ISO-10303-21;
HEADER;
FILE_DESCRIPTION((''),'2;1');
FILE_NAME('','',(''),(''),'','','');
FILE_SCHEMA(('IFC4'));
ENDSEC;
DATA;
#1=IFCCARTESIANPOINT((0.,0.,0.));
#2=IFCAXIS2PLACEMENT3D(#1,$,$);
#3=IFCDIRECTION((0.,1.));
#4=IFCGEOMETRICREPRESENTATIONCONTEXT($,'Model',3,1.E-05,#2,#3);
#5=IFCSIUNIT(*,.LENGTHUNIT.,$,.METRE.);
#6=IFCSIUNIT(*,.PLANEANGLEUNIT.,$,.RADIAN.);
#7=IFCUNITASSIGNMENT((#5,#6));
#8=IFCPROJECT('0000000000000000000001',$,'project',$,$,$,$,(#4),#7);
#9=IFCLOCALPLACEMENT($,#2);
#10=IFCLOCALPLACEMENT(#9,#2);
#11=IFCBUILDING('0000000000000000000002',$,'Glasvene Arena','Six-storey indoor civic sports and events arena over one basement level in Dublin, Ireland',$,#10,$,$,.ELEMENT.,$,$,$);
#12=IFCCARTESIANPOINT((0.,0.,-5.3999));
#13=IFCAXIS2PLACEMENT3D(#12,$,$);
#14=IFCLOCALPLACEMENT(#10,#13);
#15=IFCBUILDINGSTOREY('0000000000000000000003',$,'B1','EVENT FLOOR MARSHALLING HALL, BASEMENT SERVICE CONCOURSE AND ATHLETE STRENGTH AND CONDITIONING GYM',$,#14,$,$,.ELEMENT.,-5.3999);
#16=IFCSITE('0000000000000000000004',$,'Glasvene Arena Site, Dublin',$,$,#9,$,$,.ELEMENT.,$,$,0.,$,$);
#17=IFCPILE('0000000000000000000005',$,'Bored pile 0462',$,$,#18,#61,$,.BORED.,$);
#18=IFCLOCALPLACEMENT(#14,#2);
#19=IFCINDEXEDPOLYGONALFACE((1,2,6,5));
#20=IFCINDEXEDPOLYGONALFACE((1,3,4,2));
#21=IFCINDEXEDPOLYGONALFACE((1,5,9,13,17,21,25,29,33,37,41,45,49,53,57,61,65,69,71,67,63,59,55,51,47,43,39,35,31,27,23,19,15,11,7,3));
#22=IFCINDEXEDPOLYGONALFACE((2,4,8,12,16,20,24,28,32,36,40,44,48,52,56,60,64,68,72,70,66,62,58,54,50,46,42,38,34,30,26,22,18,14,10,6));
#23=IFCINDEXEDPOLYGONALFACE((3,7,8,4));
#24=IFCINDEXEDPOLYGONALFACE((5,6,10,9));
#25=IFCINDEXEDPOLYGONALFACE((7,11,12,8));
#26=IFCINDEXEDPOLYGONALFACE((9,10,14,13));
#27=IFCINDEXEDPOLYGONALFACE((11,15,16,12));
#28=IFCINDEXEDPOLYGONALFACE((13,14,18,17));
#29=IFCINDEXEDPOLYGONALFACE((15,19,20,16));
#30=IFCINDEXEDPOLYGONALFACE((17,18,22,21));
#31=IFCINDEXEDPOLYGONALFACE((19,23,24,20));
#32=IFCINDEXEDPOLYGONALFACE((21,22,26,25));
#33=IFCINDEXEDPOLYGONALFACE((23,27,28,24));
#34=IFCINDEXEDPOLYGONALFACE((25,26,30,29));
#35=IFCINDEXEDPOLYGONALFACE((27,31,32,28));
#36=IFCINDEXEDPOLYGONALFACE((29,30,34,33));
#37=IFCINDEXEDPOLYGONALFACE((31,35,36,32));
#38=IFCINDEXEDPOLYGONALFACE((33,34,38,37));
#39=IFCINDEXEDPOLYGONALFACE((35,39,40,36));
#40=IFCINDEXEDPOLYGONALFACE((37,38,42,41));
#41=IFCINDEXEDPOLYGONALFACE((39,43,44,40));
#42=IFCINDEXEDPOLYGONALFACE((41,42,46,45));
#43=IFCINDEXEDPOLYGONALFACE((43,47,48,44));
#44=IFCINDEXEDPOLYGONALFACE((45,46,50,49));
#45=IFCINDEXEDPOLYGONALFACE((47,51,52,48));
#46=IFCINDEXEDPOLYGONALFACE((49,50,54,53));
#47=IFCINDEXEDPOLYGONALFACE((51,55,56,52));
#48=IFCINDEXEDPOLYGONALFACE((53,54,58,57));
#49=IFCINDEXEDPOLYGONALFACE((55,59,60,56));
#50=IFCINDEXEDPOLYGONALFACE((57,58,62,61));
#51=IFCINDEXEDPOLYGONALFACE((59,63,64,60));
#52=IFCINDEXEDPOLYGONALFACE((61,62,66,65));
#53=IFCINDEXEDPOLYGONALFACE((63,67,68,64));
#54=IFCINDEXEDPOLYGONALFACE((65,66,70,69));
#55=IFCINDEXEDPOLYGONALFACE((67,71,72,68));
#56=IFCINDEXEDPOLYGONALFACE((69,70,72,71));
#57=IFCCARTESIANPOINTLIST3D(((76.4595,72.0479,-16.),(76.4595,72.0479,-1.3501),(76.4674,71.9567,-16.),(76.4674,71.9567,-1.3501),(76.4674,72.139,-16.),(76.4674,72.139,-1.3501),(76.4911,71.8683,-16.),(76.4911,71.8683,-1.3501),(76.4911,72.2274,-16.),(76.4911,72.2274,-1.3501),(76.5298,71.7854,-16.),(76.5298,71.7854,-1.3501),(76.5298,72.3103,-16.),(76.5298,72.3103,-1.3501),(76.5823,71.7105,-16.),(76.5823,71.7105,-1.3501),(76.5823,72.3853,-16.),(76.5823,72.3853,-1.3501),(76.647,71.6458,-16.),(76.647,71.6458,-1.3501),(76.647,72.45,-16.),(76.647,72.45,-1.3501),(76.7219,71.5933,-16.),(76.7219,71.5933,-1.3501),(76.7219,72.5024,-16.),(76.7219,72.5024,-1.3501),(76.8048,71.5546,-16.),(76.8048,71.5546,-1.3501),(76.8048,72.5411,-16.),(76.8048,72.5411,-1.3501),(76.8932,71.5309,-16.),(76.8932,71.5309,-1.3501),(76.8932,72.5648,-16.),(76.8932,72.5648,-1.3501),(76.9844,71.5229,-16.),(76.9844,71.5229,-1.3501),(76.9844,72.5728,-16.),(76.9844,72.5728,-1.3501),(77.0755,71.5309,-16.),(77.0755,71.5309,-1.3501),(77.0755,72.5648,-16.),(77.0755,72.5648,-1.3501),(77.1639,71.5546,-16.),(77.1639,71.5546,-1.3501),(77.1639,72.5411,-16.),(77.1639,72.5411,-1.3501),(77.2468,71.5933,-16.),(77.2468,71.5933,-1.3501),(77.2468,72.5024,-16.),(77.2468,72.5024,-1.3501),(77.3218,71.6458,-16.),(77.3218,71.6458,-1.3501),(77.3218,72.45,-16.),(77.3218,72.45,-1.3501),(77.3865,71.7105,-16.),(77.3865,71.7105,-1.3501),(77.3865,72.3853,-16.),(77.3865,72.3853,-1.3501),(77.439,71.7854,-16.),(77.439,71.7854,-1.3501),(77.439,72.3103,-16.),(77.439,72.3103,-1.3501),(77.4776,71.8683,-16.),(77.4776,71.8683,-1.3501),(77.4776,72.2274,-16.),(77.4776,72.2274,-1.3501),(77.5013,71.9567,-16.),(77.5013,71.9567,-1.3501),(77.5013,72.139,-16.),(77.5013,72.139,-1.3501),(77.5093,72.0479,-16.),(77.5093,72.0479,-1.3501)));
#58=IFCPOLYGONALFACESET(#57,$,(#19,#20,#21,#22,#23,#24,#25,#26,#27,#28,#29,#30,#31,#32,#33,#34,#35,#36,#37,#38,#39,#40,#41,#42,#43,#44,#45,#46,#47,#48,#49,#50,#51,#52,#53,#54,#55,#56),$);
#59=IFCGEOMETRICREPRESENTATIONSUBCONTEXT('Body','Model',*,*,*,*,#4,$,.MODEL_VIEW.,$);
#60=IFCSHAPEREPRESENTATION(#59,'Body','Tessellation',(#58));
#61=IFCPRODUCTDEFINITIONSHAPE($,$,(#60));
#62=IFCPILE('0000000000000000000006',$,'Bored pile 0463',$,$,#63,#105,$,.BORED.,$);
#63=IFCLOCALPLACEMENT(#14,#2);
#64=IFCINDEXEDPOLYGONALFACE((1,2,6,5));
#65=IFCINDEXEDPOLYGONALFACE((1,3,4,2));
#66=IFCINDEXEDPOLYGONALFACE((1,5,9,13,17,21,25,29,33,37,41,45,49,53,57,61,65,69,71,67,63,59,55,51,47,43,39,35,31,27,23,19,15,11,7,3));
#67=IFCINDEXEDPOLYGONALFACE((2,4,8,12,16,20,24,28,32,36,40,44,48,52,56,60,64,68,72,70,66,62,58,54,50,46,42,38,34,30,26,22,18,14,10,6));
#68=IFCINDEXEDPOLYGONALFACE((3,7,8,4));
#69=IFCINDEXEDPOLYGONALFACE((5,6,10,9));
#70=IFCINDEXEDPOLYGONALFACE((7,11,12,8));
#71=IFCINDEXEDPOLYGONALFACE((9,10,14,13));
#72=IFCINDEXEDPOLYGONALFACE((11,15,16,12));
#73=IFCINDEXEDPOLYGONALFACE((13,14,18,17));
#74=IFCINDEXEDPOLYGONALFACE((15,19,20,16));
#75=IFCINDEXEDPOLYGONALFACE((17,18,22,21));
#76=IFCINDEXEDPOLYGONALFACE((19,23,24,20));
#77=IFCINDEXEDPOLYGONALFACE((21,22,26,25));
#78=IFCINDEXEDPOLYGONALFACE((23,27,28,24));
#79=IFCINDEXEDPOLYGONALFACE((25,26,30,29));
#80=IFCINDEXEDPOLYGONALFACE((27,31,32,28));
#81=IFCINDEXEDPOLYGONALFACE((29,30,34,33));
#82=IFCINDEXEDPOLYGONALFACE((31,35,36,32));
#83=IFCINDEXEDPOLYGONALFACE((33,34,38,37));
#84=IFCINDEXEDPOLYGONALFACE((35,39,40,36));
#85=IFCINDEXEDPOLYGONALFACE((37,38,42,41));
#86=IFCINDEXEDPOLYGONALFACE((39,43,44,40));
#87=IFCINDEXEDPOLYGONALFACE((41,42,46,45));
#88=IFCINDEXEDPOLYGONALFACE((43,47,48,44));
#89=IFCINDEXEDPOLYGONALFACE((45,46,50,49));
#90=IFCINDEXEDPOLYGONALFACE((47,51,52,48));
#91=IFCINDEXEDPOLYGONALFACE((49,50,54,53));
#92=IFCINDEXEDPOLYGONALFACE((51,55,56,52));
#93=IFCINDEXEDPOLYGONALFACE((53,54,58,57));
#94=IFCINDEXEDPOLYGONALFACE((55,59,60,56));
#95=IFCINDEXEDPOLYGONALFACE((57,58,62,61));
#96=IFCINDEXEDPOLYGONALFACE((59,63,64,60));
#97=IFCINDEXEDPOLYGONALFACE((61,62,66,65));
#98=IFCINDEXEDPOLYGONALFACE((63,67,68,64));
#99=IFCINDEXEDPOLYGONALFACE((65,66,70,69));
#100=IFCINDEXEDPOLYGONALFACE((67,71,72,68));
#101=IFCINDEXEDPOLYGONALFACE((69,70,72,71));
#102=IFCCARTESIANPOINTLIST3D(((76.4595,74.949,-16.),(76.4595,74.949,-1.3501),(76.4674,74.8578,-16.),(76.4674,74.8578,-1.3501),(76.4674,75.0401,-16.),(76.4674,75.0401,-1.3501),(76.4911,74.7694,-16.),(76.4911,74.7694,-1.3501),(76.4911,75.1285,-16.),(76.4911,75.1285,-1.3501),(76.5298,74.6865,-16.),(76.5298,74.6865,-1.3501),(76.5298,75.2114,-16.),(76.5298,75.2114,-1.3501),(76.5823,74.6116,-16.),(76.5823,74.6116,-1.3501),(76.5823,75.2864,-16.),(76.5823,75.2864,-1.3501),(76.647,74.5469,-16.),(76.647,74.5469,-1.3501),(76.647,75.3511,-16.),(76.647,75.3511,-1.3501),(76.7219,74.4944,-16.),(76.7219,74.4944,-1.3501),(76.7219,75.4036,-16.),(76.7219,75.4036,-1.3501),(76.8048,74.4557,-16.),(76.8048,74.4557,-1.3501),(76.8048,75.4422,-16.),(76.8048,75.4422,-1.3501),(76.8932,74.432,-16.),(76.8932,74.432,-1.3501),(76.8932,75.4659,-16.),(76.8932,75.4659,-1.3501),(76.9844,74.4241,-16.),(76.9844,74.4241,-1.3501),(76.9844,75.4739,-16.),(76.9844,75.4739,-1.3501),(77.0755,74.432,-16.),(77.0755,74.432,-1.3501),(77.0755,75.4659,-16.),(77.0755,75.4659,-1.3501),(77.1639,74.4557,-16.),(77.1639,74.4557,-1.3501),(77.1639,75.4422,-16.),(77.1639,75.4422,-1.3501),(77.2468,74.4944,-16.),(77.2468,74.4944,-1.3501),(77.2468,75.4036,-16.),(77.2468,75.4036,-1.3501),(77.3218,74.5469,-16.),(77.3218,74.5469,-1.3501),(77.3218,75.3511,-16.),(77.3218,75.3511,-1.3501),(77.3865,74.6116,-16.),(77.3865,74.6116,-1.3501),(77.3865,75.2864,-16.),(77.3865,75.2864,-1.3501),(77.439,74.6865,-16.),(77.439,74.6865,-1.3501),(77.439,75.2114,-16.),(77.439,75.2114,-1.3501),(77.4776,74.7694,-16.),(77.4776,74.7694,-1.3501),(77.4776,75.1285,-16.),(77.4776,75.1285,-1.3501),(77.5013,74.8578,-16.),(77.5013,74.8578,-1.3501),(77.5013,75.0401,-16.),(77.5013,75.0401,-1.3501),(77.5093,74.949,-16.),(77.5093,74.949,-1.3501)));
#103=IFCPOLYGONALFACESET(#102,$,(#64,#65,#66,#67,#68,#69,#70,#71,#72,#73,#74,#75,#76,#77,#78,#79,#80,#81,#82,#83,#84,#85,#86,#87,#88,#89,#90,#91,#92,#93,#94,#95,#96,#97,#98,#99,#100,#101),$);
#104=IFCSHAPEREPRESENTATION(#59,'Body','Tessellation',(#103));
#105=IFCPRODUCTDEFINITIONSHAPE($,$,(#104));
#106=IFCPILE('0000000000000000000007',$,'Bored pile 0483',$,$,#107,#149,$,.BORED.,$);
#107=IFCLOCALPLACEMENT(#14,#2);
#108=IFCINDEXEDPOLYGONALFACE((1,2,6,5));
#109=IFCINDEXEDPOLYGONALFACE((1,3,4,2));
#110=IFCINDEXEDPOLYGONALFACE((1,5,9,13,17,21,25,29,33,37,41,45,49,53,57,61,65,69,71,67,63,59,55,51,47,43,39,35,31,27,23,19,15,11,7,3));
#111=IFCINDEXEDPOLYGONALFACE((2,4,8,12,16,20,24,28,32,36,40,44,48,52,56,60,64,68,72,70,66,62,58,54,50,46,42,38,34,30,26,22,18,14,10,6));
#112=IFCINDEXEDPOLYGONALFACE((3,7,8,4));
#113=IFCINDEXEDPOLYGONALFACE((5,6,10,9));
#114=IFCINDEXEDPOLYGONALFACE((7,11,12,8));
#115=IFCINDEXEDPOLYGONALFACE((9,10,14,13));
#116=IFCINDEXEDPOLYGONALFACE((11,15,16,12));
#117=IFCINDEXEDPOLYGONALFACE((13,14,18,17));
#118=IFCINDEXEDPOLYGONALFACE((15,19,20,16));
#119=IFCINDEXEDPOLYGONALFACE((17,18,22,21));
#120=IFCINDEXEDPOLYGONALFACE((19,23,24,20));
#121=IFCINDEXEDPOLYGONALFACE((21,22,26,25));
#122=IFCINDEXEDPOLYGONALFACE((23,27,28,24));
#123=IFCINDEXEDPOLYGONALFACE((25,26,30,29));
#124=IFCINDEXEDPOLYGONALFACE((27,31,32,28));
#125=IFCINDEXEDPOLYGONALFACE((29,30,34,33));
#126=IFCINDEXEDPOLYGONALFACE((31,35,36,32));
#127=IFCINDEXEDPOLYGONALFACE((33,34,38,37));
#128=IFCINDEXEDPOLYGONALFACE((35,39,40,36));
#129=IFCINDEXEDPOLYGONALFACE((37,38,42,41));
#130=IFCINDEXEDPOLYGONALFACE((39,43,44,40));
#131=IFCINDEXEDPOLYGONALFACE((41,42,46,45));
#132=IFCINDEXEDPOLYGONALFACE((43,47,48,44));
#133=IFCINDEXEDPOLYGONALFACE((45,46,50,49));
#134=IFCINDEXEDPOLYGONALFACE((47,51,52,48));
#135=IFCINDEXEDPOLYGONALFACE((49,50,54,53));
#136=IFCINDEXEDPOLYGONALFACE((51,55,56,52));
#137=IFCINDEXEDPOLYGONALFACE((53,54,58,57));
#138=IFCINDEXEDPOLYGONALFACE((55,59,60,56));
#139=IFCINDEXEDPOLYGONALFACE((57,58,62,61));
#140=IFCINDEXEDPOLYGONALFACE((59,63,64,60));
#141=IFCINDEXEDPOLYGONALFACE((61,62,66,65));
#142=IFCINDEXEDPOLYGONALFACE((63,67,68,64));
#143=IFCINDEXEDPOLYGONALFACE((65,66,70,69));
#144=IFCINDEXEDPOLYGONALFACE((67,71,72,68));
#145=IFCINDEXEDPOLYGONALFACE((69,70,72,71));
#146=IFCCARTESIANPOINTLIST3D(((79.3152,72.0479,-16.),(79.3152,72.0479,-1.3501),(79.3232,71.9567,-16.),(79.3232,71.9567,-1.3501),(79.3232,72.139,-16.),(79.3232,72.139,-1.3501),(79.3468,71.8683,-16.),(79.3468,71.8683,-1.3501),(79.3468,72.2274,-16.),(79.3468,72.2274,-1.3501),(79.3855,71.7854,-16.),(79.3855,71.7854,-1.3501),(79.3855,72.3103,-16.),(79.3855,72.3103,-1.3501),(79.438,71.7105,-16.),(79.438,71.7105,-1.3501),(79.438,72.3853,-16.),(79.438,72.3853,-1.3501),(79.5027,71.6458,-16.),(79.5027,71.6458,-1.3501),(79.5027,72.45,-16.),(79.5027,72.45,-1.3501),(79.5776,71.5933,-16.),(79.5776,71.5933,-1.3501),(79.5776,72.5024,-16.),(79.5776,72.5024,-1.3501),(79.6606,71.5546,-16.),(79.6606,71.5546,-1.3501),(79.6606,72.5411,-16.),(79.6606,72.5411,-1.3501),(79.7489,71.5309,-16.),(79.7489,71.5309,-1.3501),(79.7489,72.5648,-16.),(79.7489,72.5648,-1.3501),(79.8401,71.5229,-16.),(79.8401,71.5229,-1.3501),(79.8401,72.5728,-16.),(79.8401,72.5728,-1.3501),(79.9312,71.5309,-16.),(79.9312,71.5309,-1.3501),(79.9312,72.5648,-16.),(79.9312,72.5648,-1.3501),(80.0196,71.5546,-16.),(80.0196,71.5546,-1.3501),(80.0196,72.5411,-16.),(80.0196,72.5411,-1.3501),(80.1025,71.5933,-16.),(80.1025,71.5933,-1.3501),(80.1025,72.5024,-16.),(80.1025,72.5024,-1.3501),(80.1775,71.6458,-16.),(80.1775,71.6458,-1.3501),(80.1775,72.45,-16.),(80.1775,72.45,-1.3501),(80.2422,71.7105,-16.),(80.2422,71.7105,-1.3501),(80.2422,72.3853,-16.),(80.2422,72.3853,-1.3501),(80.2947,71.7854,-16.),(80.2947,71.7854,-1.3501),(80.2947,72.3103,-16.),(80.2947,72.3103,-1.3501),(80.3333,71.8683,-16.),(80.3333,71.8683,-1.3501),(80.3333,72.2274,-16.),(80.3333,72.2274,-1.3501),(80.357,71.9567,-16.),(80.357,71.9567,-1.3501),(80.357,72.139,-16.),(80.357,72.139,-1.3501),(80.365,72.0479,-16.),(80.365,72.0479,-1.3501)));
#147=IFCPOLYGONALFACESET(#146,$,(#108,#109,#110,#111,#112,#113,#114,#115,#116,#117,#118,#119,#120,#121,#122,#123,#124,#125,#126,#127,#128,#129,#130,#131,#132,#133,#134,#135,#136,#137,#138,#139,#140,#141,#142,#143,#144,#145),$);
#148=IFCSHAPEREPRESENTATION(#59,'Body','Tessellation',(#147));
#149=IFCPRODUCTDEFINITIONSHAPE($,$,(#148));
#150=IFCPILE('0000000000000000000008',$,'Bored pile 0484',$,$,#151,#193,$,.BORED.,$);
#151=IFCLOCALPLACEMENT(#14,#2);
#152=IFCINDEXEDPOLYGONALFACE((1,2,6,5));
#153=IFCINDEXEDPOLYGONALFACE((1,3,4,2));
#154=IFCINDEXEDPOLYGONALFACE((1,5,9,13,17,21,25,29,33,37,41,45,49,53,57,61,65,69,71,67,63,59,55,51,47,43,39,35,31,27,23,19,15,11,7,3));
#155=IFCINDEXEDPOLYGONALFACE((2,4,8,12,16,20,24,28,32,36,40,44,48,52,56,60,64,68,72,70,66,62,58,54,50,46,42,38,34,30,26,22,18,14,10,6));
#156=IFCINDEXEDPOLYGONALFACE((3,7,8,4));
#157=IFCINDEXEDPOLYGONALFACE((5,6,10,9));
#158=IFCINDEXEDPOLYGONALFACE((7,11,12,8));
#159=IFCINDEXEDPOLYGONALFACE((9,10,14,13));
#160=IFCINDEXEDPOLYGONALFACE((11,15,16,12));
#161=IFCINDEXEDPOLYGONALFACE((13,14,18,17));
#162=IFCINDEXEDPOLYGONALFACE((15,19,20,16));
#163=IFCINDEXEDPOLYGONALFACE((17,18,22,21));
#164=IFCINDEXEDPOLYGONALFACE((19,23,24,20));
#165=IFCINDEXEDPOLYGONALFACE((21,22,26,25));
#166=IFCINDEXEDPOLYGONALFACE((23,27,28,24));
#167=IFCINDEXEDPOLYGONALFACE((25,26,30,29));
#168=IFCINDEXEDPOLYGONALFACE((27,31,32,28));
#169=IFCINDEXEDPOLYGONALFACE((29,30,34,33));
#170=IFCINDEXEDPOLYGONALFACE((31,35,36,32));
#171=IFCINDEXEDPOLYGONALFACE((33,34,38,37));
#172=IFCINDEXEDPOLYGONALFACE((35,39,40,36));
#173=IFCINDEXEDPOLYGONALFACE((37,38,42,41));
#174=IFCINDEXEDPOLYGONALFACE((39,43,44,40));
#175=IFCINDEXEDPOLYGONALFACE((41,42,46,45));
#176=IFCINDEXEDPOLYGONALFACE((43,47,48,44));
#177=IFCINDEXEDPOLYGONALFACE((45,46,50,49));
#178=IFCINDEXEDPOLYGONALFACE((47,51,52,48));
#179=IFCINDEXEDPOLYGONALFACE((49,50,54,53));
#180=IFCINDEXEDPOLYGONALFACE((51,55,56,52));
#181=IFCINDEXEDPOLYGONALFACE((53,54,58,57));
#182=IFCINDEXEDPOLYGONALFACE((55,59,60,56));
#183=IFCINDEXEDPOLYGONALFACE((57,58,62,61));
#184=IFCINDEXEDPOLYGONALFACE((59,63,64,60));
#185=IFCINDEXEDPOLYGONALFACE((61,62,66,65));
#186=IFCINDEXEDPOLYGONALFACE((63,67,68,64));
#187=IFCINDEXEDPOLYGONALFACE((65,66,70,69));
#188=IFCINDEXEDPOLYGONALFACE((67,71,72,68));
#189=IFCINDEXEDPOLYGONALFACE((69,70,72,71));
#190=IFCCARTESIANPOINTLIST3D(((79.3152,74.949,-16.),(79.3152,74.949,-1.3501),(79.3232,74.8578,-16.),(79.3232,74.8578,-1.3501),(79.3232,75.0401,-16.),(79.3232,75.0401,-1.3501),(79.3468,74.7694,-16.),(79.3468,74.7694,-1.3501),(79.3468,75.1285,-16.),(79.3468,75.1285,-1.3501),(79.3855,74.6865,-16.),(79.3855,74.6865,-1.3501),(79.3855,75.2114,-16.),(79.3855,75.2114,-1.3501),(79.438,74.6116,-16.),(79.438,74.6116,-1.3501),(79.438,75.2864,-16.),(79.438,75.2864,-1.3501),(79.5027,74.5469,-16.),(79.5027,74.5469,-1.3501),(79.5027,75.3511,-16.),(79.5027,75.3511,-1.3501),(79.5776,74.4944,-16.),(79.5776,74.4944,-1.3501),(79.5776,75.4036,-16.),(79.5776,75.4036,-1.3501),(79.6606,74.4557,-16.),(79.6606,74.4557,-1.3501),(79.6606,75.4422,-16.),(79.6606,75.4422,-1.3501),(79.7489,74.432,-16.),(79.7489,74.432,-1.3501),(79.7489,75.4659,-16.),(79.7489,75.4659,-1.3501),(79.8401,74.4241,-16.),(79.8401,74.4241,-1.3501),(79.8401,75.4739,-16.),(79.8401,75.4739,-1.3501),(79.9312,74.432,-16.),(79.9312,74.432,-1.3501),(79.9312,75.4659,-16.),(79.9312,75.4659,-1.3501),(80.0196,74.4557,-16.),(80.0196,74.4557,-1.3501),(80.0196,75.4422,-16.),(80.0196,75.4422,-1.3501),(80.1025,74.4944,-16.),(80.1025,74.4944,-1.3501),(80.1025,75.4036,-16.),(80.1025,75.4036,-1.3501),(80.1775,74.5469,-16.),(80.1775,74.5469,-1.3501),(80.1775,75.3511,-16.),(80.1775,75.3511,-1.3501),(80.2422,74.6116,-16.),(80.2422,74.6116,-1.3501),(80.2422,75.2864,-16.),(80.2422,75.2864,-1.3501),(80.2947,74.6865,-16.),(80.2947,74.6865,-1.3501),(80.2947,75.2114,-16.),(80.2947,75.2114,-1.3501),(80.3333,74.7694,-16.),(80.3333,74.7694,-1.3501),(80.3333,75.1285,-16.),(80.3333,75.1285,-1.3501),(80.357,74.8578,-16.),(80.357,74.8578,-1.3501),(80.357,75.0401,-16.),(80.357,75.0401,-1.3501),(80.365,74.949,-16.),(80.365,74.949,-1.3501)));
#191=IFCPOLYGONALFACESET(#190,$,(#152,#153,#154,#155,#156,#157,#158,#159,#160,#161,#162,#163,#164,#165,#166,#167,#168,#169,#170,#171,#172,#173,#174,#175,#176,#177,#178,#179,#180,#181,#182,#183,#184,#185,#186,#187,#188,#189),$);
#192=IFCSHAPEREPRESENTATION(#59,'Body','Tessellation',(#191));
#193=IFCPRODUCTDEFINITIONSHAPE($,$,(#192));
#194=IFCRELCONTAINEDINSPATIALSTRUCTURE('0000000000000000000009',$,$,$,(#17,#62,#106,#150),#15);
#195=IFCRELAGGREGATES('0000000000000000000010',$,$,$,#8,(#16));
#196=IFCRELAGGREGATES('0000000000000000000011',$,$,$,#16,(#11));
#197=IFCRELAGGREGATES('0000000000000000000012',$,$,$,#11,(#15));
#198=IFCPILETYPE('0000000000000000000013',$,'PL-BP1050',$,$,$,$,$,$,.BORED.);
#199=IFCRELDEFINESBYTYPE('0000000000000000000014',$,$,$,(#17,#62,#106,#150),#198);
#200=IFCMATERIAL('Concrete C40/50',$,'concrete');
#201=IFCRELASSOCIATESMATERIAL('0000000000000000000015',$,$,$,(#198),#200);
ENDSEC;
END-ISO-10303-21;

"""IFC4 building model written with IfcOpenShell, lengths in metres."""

from ifc_helpers import new_model, si_unit, direction, frame, origin, origin_2d, place, context, subcontext, project, spatial, circle, extrude, material, material_profile, profile_set, type_object, element, save


model = new_model("IFC4")

# Units and contexts
model_context = context("Model", 3, precision=1e-05, world=origin(), true_north=direction((0.0, 1.0)))
body_context = subcontext(model_context, "Body", "Model", "MODEL_VIEW")
ifc_project = project(units=[si_unit("LENGTHUNIT", "METRE"), si_unit("PLANEANGLEUNIT", "RADIAN")], contexts=[model_context])

# Site, building, storey
site_placement = place(None, origin())
site = spatial("IfcSite", under=ifc_project, at=site_placement, Name="Glasvene Arena Site, Dublin", CompositionType="ELEMENT", RefElevation=0.0)
building_placement = place(site_placement, origin())
building = spatial("IfcBuilding", under=site, at=building_placement, Name="Glasvene Arena", Description="Six-storey indoor civic sports and events arena over one basement level in Dublin, Ireland", CompositionType="ELEMENT")
storey_placement = place(building_placement, frame((0.0, 0.0, -5.3999)))
storey = spatial("IfcBuildingStorey", under=building, at=storey_placement, Name="B1", Description="EVENT FLOOR MARSHALLING HALL, BASEMENT SERVICE CONCOURSE AND ATHLETE STRENGTH AND CONDITIONING GYM", CompositionType="ELEMENT", Elevation=-5.3999)

# Piles
ifc_material = material(Name="Concrete C40/50", Category="concrete")
ifc_material_profile = material_profile(ifc_material, circle(Radius=0.5249, at=origin_2d()), Name="BORED PILE 1050")
ifc_profile_set = profile_set([ifc_material_profile], Name="Concrete C40/50")
pile_type = type_object("IfcPileType", Name="PL-BP1050", PredefinedType="BORED", material=ifc_profile_set)
for number, where, z_axis, x_axis, name in (
    (1, (76.9844, 72.0479, -1.3501), (0.0, 0.0, -1.0), (1.0, 0.0, 0.0), "Bored pile 0462"),
    (2, (76.9844, 74.949, -1.3501), (0.0, 0.0, -1.0), (1.0, 0.0, 0.0), "Bored pile 0463"),
    (3, (79.8401, 72.0479, -1.3501), (0.0, 0.0, -1.0), (1.0, 0.0, 0.0), "Bored pile 0483"),
    (4, (79.8401, 74.949, -1.3501), (0.0, 0.0, -1.0), (1.0, 0.0, 0.0), "Bored pile 0484"),
):
    element("IfcPile", number, at=place(storey_placement, frame(where, z_axis=z_axis, x_axis=x_axis)), inside=storey, type_object=pile_type, Name=name, PredefinedType="BORED", context=body_context, shape_type="SweptSolid", body=[
        extrude(circle(Radius=0.5249, at=origin_2d()), origin(), (0.0, 0.0, 1.0), 14.6499),
    ])

save(model, "model.ifc")
